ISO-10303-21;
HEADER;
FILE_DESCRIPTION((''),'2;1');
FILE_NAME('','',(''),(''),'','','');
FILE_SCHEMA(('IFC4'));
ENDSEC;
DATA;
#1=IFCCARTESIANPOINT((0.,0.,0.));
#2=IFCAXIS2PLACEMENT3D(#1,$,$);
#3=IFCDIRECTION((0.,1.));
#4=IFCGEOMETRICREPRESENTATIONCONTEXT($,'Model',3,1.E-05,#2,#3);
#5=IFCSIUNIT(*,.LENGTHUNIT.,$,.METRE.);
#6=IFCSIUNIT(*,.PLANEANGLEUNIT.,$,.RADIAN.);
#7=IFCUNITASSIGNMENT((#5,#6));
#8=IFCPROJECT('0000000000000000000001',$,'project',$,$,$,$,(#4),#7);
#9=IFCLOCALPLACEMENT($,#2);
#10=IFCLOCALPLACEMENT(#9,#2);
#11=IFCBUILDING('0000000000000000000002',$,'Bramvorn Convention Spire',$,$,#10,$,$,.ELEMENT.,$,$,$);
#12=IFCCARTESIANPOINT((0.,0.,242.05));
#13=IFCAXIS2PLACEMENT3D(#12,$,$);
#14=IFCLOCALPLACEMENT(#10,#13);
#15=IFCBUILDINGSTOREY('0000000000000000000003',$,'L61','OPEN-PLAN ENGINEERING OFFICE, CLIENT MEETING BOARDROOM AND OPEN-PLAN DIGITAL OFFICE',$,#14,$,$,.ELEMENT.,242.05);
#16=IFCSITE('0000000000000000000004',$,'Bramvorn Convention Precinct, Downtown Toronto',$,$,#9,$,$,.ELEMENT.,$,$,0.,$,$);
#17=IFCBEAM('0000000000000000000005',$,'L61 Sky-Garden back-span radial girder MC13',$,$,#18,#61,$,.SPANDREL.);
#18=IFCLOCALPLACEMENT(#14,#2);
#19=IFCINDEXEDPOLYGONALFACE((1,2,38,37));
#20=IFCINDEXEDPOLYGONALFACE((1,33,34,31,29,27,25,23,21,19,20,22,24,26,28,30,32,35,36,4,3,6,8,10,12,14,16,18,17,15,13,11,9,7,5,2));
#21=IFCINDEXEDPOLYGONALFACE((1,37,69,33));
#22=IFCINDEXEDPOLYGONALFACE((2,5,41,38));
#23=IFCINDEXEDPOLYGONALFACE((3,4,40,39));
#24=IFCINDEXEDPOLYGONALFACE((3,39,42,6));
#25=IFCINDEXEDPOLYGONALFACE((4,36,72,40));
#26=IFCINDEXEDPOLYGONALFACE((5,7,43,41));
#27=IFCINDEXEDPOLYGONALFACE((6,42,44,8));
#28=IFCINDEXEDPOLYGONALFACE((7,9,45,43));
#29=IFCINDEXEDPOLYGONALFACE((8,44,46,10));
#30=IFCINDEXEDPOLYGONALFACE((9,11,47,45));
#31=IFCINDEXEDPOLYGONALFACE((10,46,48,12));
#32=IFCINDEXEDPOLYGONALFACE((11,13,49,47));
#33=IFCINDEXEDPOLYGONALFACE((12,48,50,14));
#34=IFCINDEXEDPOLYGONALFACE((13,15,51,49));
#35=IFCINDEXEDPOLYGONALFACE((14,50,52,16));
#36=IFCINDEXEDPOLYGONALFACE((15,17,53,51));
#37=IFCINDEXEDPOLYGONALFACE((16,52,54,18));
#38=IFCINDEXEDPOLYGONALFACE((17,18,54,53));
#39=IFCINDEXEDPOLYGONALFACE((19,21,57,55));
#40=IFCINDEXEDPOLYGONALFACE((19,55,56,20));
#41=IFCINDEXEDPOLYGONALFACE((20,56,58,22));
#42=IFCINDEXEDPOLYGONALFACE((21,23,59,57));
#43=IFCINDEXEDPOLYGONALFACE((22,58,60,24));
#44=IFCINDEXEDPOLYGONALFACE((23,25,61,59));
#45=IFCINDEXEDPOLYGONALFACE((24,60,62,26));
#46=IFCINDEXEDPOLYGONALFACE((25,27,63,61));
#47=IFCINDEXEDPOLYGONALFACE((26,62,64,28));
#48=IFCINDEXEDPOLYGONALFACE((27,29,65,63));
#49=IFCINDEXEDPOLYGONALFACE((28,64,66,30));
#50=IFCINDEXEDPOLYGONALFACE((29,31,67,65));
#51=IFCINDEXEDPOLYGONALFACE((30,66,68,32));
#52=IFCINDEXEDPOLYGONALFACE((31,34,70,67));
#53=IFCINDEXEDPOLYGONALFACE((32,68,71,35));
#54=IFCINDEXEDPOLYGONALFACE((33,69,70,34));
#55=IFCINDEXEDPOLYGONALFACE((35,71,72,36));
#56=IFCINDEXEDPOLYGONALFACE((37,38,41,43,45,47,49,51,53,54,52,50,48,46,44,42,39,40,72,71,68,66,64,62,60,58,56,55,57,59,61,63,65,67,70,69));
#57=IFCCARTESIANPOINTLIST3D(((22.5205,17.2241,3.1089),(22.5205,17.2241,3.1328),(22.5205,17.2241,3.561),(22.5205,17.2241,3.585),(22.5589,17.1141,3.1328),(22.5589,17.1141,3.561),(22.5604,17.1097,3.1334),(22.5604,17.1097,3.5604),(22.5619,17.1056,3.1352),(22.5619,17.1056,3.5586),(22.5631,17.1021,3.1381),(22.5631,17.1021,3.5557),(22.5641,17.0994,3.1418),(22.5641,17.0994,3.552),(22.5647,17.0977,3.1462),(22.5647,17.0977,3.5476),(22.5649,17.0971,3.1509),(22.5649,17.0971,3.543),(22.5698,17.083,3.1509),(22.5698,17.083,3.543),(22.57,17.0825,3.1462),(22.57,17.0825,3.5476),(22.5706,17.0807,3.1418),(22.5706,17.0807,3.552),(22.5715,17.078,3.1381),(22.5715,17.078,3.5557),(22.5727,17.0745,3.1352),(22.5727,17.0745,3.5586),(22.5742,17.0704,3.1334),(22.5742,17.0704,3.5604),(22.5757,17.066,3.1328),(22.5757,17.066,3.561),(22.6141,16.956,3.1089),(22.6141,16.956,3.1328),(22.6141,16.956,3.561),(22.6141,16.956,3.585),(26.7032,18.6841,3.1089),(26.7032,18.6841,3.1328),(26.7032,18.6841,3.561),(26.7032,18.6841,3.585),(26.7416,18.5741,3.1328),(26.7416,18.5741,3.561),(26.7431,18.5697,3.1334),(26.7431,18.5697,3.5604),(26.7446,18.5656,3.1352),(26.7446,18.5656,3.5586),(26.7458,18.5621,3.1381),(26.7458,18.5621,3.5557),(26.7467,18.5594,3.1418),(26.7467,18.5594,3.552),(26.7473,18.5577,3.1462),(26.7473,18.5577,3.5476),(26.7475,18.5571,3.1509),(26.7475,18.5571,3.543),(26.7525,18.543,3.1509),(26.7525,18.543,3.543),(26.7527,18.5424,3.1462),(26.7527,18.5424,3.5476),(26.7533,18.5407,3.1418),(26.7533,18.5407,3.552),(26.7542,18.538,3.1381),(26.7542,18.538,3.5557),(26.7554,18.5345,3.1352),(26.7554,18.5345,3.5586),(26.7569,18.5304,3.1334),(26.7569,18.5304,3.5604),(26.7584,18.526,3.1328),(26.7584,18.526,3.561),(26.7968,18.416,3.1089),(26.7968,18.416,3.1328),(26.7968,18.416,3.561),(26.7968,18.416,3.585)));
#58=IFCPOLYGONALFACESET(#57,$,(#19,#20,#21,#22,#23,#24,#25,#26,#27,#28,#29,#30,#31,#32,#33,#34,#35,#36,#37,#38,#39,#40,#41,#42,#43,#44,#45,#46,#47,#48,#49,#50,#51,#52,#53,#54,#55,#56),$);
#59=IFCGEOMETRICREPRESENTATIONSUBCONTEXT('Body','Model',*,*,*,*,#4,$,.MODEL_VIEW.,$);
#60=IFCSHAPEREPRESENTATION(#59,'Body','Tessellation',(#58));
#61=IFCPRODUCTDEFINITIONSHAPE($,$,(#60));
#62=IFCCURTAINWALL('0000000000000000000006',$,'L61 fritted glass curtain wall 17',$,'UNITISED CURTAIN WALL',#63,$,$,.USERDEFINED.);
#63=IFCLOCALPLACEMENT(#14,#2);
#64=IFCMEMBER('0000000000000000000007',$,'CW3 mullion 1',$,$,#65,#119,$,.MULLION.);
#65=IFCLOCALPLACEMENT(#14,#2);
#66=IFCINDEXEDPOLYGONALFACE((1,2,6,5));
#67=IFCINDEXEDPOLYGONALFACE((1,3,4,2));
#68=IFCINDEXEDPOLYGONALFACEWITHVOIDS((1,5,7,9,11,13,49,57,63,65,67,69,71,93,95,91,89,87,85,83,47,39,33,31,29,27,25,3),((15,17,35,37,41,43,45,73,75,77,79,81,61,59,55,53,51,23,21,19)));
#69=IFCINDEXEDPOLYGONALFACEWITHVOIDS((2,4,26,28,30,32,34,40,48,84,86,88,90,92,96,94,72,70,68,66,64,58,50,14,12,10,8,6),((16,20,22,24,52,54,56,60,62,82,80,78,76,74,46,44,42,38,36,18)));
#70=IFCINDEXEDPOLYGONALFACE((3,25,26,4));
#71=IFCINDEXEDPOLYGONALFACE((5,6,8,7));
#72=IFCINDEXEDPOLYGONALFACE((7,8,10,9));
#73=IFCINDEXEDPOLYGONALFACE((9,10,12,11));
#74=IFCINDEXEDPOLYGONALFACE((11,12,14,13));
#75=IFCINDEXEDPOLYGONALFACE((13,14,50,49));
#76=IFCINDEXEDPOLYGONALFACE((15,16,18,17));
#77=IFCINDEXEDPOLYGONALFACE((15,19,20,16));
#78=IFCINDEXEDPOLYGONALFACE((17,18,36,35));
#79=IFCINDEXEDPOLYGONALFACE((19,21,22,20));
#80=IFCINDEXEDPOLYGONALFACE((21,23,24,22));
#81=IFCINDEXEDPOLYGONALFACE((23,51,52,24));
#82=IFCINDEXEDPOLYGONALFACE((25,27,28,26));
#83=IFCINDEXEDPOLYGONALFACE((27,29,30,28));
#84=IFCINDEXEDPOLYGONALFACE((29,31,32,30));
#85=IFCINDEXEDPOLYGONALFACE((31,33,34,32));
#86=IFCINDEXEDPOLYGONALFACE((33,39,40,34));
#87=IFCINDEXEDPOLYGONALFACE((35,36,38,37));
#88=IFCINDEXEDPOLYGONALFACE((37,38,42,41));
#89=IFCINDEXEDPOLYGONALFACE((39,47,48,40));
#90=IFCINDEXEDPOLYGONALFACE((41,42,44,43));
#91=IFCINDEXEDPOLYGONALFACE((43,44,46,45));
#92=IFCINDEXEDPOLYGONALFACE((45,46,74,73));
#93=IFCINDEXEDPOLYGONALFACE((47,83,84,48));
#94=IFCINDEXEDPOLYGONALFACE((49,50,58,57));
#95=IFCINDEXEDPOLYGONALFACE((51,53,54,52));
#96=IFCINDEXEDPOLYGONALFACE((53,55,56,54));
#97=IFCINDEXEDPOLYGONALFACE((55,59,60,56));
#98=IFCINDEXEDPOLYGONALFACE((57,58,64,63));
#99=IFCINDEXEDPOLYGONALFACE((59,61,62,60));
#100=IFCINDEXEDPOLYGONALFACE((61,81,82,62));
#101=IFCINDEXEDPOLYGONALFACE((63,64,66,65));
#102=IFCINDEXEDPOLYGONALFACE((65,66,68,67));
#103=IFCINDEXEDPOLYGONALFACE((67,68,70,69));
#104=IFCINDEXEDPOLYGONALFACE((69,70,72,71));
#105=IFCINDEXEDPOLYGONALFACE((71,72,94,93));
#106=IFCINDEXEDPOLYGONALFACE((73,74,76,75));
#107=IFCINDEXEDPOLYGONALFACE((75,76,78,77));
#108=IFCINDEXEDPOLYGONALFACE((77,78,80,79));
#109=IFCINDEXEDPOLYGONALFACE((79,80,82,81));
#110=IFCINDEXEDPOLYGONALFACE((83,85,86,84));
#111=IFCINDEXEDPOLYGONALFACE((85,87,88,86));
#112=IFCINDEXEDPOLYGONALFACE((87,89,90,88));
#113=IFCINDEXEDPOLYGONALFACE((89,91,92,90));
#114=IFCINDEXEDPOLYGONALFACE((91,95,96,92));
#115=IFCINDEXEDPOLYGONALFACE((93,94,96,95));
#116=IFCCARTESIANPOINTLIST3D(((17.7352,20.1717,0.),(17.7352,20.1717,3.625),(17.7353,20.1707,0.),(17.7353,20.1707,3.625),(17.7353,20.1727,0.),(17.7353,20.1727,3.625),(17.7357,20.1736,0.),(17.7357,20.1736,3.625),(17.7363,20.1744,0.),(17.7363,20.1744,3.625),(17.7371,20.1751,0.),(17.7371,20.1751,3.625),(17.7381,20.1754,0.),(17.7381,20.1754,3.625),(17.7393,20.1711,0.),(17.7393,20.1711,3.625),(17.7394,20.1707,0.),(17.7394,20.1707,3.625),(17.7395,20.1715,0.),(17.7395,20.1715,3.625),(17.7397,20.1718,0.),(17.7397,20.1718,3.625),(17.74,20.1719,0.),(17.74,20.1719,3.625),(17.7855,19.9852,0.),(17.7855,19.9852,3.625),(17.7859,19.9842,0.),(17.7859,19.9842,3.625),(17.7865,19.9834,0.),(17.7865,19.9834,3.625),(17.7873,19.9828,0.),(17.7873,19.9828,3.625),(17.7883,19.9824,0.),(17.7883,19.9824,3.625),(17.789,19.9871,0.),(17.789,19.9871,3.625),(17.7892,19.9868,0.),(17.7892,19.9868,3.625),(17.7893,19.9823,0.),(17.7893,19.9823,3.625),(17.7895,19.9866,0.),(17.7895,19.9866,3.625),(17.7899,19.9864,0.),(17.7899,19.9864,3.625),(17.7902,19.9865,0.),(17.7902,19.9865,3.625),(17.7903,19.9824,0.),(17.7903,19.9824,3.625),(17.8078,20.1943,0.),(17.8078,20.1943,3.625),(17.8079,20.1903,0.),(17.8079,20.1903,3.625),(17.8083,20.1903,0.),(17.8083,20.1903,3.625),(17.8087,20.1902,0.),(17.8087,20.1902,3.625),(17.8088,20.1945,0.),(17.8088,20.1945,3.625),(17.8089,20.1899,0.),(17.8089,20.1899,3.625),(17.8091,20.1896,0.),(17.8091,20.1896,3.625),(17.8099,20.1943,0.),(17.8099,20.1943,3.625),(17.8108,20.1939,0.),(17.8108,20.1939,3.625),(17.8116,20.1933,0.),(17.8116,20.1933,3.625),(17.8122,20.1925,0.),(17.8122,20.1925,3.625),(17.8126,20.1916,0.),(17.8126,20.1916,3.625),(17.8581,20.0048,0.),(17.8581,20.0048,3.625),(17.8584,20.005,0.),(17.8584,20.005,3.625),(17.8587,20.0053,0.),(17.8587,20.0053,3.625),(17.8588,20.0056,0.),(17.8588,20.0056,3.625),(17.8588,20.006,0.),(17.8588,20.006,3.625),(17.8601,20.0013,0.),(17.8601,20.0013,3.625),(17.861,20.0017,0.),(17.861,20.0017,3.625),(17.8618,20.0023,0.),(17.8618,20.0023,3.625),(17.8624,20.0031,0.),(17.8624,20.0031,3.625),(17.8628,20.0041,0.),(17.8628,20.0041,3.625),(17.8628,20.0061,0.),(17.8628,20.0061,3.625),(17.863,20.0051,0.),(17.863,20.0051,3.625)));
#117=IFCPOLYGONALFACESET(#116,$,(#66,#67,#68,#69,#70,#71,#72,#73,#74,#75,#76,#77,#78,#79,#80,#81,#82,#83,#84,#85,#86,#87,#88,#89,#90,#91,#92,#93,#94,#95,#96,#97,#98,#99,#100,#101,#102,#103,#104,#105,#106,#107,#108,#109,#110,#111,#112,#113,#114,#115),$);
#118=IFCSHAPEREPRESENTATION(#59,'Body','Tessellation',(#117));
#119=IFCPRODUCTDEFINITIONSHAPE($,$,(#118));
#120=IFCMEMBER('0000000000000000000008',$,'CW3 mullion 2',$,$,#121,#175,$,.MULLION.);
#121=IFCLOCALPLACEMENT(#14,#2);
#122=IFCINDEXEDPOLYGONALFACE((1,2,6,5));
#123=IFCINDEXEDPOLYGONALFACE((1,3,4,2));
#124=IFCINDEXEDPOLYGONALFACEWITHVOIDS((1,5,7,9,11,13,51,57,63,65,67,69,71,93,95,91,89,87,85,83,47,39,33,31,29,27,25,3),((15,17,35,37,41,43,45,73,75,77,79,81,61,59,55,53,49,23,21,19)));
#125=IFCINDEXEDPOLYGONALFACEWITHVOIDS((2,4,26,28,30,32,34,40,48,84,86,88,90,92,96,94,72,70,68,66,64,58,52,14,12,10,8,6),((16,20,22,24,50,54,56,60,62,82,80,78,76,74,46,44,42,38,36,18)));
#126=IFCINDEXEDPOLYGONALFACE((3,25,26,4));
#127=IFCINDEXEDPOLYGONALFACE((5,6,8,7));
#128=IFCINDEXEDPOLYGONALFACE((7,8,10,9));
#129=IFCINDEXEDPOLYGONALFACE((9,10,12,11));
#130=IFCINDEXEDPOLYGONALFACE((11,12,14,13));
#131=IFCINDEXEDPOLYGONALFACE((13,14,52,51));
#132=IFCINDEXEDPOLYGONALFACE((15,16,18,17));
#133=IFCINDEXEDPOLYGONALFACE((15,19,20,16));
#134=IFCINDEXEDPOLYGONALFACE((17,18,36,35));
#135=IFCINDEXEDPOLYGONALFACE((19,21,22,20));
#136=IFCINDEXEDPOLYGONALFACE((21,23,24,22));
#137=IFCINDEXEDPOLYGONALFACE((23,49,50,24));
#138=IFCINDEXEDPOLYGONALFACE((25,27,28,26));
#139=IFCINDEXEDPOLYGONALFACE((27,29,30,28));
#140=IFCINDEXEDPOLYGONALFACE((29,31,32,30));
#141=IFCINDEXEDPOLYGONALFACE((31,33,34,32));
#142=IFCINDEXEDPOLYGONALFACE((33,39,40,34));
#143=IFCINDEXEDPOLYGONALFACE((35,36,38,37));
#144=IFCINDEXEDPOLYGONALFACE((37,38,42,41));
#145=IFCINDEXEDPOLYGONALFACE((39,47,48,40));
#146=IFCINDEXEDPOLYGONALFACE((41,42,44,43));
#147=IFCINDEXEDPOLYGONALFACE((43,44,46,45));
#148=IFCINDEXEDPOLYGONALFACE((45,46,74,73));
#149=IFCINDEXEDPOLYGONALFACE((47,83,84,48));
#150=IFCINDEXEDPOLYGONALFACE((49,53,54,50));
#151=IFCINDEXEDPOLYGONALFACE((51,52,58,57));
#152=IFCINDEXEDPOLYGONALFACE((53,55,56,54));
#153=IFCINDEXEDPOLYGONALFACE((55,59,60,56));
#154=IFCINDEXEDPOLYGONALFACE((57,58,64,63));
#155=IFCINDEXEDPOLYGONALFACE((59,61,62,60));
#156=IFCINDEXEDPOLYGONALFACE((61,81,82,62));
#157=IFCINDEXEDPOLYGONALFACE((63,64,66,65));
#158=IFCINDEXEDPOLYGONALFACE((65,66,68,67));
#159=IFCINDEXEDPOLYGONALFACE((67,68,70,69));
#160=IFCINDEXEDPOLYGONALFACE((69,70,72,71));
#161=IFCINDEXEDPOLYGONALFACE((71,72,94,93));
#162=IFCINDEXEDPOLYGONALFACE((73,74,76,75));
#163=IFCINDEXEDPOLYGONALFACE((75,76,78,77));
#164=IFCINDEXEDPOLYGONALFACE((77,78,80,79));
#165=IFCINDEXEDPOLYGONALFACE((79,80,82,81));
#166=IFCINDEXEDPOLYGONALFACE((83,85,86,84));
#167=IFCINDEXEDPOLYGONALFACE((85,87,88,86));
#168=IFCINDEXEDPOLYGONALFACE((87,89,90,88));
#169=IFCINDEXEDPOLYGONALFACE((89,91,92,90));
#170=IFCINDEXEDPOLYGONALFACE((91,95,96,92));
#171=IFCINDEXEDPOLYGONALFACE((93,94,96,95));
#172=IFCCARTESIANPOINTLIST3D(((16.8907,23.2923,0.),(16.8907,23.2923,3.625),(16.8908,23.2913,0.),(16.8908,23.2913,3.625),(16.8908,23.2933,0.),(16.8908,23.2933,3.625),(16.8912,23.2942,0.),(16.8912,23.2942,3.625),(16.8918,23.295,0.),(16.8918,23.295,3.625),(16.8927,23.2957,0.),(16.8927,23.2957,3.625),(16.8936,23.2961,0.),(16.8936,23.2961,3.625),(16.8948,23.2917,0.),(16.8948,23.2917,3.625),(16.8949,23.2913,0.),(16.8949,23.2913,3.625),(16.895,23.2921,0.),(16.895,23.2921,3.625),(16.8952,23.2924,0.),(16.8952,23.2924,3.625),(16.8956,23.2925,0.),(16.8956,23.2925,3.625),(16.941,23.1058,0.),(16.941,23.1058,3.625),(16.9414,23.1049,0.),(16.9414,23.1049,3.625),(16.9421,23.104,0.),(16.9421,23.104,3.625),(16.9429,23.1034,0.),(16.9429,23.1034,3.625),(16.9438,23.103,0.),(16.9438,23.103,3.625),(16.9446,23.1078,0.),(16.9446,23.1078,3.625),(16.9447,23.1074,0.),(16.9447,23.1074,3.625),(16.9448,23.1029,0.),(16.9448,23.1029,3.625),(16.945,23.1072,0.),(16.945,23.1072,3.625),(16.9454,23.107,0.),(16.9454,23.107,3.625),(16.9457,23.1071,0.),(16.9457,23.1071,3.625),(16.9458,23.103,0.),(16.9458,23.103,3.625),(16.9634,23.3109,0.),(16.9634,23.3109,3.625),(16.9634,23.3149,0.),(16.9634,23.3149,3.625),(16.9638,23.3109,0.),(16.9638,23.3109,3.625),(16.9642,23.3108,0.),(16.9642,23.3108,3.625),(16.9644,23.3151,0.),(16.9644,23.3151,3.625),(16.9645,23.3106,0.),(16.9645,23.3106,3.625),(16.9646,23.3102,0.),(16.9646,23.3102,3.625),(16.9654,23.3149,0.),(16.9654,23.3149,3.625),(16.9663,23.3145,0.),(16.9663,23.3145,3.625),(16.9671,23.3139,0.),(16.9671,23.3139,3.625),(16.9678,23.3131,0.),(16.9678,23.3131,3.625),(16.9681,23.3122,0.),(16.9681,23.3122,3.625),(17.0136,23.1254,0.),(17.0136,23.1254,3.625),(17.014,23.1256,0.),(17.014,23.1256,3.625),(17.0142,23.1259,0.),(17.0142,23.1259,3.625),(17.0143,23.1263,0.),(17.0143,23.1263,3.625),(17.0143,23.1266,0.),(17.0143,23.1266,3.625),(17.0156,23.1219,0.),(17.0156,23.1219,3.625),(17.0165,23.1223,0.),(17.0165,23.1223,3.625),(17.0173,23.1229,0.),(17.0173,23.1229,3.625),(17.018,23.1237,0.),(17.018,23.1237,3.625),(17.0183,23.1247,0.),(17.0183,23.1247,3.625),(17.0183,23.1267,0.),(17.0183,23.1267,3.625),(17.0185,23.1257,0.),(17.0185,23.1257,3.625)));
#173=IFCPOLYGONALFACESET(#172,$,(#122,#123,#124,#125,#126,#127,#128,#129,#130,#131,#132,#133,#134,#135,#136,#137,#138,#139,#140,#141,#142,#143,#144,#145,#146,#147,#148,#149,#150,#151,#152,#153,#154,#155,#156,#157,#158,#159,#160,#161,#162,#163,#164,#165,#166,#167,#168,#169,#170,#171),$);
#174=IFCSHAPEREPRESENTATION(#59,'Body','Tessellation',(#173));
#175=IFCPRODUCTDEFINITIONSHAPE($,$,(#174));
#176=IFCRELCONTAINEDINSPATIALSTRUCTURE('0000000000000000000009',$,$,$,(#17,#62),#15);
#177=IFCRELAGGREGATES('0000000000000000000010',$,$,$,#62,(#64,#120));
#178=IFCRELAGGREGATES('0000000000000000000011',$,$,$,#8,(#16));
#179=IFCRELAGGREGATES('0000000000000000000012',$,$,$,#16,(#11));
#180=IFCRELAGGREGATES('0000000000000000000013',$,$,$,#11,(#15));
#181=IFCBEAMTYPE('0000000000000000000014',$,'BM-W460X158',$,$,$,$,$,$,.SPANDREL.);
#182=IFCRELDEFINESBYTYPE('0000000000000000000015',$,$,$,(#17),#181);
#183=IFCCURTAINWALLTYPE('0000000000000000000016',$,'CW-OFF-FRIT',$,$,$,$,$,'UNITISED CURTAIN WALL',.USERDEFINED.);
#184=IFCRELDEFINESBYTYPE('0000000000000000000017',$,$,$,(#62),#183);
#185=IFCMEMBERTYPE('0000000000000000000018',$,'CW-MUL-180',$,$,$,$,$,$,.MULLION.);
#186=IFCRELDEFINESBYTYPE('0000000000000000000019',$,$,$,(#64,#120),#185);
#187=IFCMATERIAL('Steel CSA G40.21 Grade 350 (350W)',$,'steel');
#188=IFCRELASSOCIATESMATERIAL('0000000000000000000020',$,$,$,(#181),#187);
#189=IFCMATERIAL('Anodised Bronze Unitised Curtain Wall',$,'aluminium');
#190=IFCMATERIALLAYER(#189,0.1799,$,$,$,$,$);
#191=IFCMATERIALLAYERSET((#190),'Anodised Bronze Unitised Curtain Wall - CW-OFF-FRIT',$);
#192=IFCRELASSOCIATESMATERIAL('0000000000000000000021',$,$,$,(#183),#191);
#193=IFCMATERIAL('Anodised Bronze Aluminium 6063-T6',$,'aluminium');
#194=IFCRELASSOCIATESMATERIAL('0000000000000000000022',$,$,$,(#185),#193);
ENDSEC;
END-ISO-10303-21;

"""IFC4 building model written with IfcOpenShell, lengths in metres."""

from ifc_helpers import new_model, si_unit, direction, frame, origin, origin_2d, place, context, subcontext, project, spatial, hollow_rectangle, i_section, extrude, material, layer, layer_set, material_profile, profile_set, type_object, element, aggregate, save


model = new_model("IFC4")

# Units and contexts
model_context = context("Model", 3, precision=1e-05, world=origin(), true_north=direction((0.0, 1.0)))
body_context = subcontext(model_context, "Body", "Model", "MODEL_VIEW")
ifc_project = project(units=[si_unit("LENGTHUNIT", "METRE"), si_unit("PLANEANGLEUNIT", "RADIAN")], contexts=[model_context])

# Site, building, storey
site_placement = place(None, origin())
site = spatial("IfcSite", under=ifc_project, at=site_placement, Name="Bramvorn Convention Precinct, Downtown Toronto", CompositionType="ELEMENT", RefElevation=0.0)
building_placement = place(site_placement, origin())
building = spatial("IfcBuilding", under=site, at=building_placement, Name="Bramvorn Convention Spire", CompositionType="ELEMENT")
storey_placement = place(building_placement, frame((0.0, 0.0, 242.05)))
storey = spatial("IfcBuildingStorey", under=building, at=storey_placement, Name="L61", Description="OPEN-PLAN ENGINEERING OFFICE, CLIENT MEETING BOARDROOM AND OPEN-PLAN DIGITAL OFFICE", CompositionType="ELEMENT", Elevation=242.05)

# Shared definitions
ifc_material_1 = material(Name="Steel CSA G40.21 Grade 350 (350W)", Category="steel")

# Beam
ifc_material_profile_1 = material_profile(ifc_material_1, i_section(OverallWidth=0.2839, OverallDepth=0.4761, WebThickness=0.0149, FlangeThickness=0.0239, FilletRadius=0.0181, at=origin_2d()))
ifc_profile_set_1 = profile_set([ifc_material_profile_1], Name="Steel CSA G40.21 Grade 350 (350W) - W460X158")
beam_type_1 = type_object("IfcBeamType", Name="BM-W460X158", PredefinedType="SPANDREL", material=ifc_profile_set_1)
beam_1_placement = place(storey_placement, frame((26.75, 18.55, 3.3469), z_axis=(-0.944136, -0.329555, 0.0), x_axis=(0.329555, -0.944136, 0.0)))
element("IfcBeam", 1, at=beam_1_placement, inside=storey, type_object=beam_type_1, Name="L61 Sky-Garden back-span radial girder MC13", PredefinedType="SPANDREL", context=body_context, shape_type="SweptSolid", body=[
    extrude(i_section(OverallWidth=0.2839, OverallDepth=0.4761, WebThickness=0.0149, FlangeThickness=0.0239, FilletRadius=0.0181, at=origin_2d()), origin(), (0.0, 0.0, 1.0), 4.4302),
])

# Curtain wall, members
ifc_material_2 = material(Name="Anodised Bronze Unitised Curtain Wall", Category="aluminium")
ifc_layer_1 = layer(ifc_material_2, 0.1799)
ifc_layer_set_1 = layer_set([ifc_layer_1], Name="Anodised Bronze Unitised Curtain Wall - CW-OFF-FRIT")
curtain_wall_type = type_object("IfcCurtainWallType", Name="CW-OFF-FRIT", ElementType="UNITISED CURTAIN WALL", PredefinedType="USERDEFINED", material=ifc_layer_set_1)
curtain_wall_placement = place(storey_placement, origin())
curtain_wall = element("IfcCurtainWall", 2, at=curtain_wall_placement, inside=storey, type_object=curtain_wall_type, Name="L61 fritted glass curtain wall 17", ObjectType="UNITISED CURTAIN WALL", PredefinedType="USERDEFINED")
ifc_material_3 = material(Name="Anodised Bronze Aluminium 6063-T6", Category="aluminium")
ifc_material_profile_2 = material_profile(ifc_material_3, hollow_rectangle(XDim=0.0801, YDim=0.2, WallThickness=0.0039, InnerFilletRadius=0.001, OuterFilletRadius=0.0039, at=origin_2d()))
ifc_profile_set_2 = profile_set([ifc_material_profile_2], Name="Anodised Bronze Aluminium 6063-T6 - CWM80X200")
member_type_1 = type_object("IfcMemberType", Name="CW-MUL-180", PredefinedType="MULLION", material=ifc_profile_set_2)
member_1_placement = place(storey_placement, frame((17.7991, 20.0884, 0.0), z_axis=(0.0, 0.0, 1.0), x_axis=(-0.965282, -0.26121, 0.0)))
member_1 = element("IfcMember", 3, at=member_1_placement, type_object=member_type_1, Name="CW3 mullion 1", PredefinedType="MULLION", context=body_context, shape_type="SweptSolid", body=[
    extrude(hollow_rectangle(XDim=0.0801, YDim=0.2, WallThickness=0.0039, InnerFilletRadius=0.001, OuterFilletRadius=0.0039, at=origin_2d()), origin(), (0.0, 0.0, 1.0), 3.625),
])
member_2_placement = place(storey_placement, frame((16.9546, 23.209, 0.0), z_axis=(0.0, 0.0, 1.0), x_axis=(-0.965282, -0.26121, 0.0)))
member_2 = element("IfcMember", 4, at=member_2_placement, type_object=member_type_1, Name="CW3 mullion 2", PredefinedType="MULLION", context=body_context, shape_type="SweptSolid", body=[
    extrude(hollow_rectangle(XDim=0.0801, YDim=0.2, WallThickness=0.0039, InnerFilletRadius=0.001, OuterFilletRadius=0.0039, at=origin_2d()), origin(), (0.0, 0.0, 1.0), 3.625),
])

aggregate(curtain_wall, [member_1, member_2])

save(model, "model.ifc")
